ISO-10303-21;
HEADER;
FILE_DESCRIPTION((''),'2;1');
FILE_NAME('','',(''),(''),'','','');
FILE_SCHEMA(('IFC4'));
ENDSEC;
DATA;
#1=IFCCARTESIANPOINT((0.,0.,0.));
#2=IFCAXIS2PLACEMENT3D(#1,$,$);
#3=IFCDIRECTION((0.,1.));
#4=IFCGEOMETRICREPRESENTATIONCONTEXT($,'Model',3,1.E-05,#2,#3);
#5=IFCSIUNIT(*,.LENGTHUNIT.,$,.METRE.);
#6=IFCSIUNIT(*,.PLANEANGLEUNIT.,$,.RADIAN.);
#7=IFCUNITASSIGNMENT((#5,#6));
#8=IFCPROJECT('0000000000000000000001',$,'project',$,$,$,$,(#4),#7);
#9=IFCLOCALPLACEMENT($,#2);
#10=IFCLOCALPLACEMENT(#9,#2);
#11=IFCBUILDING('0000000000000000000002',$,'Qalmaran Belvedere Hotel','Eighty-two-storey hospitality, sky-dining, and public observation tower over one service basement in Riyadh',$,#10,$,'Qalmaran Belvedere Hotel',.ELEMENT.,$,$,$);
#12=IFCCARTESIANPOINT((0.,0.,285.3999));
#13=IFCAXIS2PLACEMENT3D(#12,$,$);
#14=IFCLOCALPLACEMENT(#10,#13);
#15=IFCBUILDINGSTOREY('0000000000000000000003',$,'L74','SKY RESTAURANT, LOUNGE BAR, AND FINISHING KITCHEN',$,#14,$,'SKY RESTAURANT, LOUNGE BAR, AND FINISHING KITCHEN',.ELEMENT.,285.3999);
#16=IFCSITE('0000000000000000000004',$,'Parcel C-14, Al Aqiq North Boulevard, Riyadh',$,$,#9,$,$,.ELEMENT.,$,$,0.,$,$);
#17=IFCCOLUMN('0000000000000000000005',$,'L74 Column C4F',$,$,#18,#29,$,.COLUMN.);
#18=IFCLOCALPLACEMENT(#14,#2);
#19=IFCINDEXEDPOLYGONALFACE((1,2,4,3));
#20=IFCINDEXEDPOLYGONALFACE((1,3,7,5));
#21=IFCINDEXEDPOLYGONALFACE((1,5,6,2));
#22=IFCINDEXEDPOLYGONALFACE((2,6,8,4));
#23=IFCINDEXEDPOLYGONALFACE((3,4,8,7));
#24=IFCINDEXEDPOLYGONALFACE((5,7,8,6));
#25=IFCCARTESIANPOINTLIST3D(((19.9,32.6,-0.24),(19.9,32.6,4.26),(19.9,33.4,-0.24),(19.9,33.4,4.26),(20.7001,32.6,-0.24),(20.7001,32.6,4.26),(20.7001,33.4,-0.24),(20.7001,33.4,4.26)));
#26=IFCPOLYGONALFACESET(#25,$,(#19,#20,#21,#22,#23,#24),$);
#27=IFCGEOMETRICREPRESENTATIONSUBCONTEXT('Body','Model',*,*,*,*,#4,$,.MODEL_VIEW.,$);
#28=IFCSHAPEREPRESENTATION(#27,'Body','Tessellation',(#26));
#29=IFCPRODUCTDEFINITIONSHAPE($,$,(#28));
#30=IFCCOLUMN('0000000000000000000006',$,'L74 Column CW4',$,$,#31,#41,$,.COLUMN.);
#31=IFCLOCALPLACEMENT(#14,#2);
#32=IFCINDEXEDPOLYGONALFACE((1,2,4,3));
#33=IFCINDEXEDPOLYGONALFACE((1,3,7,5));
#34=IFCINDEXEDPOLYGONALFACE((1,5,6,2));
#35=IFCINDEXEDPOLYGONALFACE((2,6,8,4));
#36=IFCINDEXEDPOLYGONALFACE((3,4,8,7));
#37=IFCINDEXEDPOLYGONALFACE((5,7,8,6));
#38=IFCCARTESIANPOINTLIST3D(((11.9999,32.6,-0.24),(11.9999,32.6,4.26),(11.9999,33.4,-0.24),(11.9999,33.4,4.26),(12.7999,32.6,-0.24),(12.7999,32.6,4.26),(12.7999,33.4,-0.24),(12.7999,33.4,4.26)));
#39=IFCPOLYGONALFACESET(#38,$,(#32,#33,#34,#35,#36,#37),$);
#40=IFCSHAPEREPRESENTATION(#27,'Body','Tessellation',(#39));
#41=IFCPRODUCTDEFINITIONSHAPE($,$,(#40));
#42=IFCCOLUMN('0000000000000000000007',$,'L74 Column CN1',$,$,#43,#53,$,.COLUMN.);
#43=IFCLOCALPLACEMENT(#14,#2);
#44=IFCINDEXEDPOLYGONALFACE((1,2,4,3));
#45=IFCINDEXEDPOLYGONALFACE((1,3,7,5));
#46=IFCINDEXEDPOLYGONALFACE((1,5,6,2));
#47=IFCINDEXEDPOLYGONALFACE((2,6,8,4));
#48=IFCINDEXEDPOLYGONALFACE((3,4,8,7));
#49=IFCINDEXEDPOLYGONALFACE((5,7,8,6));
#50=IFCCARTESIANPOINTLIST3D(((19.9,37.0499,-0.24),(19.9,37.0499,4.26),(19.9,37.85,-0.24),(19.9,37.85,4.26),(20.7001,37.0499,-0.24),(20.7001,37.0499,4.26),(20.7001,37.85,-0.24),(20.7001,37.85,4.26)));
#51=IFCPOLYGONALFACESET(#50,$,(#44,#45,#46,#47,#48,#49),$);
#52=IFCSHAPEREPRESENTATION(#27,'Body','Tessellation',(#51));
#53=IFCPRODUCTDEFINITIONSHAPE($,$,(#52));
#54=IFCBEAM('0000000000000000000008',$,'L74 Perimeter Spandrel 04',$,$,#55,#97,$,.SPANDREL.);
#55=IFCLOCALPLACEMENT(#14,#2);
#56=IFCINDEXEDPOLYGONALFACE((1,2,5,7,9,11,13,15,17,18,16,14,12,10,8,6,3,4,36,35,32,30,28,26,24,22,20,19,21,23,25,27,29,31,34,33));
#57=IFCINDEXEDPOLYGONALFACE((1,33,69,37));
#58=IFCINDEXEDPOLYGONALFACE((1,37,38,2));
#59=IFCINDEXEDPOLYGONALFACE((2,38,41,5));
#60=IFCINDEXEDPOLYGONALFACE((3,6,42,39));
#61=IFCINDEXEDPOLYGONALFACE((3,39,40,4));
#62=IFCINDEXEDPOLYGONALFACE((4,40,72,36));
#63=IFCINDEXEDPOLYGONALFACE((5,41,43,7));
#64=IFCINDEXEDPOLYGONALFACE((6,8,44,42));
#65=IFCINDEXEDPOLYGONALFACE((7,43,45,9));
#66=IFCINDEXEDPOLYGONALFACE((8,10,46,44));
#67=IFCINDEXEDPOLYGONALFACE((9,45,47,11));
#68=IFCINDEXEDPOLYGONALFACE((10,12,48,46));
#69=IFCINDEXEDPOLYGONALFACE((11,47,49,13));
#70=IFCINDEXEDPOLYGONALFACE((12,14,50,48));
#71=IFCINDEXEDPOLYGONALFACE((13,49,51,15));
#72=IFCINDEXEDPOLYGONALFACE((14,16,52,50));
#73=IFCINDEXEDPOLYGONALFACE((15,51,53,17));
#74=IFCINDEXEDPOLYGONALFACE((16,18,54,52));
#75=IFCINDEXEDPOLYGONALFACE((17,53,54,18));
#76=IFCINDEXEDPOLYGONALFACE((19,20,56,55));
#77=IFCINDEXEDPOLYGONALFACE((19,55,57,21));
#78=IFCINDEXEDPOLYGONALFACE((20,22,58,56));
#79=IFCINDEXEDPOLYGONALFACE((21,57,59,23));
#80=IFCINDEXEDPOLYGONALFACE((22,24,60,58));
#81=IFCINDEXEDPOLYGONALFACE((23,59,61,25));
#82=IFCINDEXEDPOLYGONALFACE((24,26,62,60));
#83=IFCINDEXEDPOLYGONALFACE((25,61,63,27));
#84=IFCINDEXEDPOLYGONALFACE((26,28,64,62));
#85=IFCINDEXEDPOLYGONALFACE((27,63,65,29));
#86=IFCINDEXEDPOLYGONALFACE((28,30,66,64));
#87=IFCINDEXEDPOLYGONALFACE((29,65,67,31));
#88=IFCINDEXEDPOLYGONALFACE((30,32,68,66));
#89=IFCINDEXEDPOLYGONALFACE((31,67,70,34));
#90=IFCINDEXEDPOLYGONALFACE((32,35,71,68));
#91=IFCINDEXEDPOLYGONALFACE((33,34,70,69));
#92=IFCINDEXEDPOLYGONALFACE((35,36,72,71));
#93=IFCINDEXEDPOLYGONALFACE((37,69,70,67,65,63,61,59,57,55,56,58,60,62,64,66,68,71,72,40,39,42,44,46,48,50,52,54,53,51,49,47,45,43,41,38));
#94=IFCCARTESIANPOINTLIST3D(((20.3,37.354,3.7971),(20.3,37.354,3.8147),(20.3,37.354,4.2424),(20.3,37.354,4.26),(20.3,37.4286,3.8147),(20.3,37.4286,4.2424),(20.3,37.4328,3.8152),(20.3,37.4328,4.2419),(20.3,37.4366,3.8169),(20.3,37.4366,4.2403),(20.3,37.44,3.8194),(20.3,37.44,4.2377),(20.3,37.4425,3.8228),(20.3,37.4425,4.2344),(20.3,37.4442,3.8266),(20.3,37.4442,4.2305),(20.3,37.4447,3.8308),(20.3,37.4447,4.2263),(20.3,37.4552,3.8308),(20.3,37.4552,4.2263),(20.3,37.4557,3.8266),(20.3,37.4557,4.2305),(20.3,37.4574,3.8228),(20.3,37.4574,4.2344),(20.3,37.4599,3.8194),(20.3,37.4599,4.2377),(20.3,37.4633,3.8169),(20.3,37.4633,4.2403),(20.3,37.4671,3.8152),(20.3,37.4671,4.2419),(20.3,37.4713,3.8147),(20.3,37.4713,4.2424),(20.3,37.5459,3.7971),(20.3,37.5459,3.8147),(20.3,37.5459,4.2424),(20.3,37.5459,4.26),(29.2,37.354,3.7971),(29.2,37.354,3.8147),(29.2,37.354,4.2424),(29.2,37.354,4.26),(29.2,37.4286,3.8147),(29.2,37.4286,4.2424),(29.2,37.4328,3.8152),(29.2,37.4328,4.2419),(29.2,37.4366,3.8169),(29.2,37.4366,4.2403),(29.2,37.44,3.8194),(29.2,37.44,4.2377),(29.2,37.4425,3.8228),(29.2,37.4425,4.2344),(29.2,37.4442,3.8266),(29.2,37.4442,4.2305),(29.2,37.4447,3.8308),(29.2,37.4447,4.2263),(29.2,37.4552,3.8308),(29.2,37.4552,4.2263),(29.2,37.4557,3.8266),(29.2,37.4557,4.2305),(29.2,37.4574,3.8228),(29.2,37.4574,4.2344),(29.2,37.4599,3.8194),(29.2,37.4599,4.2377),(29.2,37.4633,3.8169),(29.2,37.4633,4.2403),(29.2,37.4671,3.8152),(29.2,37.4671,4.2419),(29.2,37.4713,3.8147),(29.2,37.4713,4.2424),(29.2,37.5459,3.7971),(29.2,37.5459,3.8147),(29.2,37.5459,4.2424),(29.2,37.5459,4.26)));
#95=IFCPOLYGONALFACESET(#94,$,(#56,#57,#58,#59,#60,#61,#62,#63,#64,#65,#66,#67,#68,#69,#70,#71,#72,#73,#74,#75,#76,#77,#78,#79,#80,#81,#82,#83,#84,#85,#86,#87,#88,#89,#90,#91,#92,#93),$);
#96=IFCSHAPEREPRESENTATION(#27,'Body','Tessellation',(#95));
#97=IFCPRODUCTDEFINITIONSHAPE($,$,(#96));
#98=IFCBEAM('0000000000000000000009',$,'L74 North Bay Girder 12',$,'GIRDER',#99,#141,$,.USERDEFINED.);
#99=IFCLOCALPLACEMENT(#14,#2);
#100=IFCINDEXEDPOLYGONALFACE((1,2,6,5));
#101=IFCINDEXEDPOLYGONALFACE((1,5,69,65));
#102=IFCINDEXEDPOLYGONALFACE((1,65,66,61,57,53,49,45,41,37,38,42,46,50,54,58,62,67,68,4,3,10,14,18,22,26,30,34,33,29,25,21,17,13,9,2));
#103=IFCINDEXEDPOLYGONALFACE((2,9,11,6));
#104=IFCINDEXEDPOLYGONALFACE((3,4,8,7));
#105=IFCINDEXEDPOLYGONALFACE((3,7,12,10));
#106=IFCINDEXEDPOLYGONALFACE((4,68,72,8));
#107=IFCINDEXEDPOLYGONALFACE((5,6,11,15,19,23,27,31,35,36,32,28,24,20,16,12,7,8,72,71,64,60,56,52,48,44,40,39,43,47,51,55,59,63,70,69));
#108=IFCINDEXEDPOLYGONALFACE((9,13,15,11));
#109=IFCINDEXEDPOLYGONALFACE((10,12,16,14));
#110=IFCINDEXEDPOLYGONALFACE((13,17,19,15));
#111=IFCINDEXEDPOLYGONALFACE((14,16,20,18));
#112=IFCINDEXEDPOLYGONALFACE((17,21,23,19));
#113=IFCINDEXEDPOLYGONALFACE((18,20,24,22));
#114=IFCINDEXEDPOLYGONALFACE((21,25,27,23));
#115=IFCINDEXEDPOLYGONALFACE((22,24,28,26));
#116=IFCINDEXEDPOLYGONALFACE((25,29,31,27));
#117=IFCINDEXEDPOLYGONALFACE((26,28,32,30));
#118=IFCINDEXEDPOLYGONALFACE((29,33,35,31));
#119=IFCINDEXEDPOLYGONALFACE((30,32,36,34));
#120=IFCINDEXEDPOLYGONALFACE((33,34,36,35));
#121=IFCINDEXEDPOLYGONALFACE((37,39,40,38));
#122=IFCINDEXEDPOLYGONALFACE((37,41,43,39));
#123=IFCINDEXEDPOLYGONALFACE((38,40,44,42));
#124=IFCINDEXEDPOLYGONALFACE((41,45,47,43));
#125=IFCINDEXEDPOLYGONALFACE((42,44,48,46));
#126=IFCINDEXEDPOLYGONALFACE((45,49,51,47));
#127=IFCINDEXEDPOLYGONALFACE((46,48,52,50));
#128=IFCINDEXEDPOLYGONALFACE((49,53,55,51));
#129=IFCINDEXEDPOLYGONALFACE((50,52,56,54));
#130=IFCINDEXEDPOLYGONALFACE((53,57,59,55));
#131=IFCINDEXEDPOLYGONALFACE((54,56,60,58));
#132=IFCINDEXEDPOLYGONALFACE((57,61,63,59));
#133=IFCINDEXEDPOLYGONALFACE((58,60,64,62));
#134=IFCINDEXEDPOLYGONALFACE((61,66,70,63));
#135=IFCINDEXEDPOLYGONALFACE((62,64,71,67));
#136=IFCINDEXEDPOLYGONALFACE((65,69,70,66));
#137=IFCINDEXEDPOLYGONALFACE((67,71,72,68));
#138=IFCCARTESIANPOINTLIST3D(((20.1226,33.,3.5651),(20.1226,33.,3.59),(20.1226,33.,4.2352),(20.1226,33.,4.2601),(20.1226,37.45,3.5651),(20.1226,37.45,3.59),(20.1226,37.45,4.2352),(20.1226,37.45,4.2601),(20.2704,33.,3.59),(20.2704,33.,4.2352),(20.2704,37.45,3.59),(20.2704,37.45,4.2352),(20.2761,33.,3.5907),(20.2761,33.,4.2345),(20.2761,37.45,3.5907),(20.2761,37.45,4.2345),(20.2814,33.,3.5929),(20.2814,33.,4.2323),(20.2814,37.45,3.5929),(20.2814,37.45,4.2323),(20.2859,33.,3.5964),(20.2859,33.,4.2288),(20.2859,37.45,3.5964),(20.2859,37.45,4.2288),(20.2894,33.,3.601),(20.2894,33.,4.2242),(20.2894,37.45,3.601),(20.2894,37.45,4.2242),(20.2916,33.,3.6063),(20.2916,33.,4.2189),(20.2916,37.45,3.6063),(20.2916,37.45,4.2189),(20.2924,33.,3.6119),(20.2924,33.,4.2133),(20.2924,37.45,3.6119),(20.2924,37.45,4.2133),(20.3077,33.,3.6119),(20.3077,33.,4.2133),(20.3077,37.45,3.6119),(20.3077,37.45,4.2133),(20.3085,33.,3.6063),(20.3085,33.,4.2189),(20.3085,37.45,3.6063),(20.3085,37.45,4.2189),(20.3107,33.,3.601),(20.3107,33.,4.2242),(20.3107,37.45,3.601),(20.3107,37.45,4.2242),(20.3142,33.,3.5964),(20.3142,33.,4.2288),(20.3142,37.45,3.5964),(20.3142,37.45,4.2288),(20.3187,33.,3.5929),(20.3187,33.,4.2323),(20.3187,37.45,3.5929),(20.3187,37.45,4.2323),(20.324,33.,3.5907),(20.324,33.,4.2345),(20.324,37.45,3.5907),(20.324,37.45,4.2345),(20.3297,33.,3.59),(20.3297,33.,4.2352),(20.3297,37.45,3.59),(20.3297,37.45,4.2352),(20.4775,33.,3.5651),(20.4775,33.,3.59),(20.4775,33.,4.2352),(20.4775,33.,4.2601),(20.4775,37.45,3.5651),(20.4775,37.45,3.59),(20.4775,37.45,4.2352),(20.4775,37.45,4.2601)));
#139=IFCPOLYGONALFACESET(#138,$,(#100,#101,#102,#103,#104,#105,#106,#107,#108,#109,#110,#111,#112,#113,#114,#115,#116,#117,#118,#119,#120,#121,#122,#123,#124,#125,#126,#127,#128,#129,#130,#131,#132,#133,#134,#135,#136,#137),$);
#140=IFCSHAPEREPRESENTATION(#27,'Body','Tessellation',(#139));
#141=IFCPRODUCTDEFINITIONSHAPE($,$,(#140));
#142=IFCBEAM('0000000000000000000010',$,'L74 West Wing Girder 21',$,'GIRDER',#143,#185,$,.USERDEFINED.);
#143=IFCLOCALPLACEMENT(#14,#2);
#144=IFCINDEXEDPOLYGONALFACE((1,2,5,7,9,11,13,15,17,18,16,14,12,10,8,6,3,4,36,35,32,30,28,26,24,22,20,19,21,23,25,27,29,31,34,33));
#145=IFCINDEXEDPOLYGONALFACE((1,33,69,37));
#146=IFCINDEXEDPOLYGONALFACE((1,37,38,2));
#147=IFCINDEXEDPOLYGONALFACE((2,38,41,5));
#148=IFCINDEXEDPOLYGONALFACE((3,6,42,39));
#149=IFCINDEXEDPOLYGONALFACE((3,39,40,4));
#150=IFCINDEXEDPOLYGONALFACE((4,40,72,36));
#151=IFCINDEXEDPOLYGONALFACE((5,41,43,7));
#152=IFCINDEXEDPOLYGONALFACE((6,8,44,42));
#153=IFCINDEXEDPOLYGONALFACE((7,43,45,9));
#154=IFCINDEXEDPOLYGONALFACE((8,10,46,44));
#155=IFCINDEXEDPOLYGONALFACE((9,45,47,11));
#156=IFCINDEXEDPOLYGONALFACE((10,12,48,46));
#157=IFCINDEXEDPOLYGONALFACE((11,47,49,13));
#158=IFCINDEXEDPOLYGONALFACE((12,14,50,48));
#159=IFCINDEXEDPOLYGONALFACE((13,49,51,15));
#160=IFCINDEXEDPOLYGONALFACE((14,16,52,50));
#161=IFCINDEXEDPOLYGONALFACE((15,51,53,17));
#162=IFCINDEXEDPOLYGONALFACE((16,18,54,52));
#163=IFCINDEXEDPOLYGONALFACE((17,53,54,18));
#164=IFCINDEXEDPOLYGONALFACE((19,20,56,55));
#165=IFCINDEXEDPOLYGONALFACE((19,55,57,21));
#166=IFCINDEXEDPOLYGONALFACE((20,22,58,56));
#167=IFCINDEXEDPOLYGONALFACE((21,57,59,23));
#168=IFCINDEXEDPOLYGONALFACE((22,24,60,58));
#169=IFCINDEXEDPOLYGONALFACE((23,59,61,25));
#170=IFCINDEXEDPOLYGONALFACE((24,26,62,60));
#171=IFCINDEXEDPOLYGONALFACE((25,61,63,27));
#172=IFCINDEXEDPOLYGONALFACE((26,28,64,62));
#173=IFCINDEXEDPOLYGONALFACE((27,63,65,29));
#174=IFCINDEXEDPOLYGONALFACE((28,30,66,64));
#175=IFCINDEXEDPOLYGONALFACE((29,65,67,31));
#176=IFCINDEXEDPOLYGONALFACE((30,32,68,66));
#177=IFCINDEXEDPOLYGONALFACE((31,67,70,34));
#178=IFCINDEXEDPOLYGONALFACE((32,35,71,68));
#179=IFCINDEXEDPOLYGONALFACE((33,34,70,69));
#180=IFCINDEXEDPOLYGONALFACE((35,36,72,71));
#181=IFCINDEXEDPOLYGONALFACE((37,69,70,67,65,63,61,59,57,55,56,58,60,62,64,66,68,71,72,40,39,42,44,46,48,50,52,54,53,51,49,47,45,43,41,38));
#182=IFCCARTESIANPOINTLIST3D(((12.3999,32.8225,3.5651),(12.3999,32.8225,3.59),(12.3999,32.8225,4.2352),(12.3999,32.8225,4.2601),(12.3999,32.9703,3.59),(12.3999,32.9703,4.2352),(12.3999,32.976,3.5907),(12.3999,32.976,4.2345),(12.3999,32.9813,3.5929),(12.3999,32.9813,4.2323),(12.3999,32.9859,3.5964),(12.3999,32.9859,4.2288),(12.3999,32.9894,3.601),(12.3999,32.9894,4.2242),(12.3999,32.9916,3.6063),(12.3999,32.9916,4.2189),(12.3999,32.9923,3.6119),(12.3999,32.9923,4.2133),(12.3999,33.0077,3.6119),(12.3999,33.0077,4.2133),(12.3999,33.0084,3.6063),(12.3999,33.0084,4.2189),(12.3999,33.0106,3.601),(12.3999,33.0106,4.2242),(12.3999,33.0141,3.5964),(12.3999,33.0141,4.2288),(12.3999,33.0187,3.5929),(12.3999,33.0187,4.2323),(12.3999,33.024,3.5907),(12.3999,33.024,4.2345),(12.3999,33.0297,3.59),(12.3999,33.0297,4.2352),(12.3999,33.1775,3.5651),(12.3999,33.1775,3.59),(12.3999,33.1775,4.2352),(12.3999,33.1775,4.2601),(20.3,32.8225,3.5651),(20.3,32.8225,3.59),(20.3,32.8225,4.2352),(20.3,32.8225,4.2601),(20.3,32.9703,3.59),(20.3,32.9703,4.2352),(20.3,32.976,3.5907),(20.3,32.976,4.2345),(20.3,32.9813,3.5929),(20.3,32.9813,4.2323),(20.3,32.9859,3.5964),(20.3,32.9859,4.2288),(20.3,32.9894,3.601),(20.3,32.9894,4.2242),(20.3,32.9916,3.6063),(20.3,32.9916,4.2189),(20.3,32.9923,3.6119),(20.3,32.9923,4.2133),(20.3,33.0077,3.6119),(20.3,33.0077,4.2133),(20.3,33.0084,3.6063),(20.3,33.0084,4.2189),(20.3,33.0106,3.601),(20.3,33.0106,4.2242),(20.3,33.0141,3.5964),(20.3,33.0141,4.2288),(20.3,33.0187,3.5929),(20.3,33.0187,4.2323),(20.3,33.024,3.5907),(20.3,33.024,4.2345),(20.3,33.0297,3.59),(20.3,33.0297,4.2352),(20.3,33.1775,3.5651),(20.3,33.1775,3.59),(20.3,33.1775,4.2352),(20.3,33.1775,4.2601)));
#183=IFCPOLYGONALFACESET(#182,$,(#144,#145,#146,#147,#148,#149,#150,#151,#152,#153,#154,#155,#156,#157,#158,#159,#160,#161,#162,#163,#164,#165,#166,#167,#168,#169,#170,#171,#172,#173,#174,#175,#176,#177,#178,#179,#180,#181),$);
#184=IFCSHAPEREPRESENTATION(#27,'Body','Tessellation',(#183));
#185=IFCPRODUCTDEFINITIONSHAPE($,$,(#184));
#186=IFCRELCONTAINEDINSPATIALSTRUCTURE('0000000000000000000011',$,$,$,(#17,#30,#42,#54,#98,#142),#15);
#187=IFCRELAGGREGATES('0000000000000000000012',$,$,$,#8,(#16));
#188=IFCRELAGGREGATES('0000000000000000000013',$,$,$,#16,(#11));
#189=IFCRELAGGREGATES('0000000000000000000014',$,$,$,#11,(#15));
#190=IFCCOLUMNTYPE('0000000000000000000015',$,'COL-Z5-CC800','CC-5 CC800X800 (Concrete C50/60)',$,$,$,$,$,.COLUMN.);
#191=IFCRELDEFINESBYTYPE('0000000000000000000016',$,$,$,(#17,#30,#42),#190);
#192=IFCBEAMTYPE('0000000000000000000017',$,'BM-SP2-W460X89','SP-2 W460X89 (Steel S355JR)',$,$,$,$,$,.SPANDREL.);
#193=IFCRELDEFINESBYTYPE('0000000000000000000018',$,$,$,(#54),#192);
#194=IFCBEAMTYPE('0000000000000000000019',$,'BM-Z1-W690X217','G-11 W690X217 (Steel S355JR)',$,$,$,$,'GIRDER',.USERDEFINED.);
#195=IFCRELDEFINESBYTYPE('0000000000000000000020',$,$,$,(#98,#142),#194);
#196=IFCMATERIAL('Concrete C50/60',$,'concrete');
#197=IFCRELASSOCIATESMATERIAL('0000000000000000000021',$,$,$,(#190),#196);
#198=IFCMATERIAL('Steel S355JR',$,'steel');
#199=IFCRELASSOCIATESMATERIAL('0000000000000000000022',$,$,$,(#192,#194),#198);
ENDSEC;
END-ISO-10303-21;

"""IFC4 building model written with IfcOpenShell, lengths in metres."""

from ifc_helpers import new_model, si_unit, direction, frame, origin, origin_2d, place, context, subcontext, project, spatial, rectangle, i_section, extrude, material, material_profile, profile_set, type_object, element, save


model = new_model("IFC4")

# Units and contexts
model_context = context("Model", 3, precision=1e-05, world=origin(), true_north=direction((0.0, 1.0)))
body_context = subcontext(model_context, "Body", "Model", "MODEL_VIEW")
ifc_project = project(units=[si_unit("LENGTHUNIT", "METRE"), si_unit("PLANEANGLEUNIT", "RADIAN")], contexts=[model_context])

# Site, building, storey
site_placement = place(None, origin())
site = spatial("IfcSite", under=ifc_project, at=site_placement, Name="Parcel C-14, Al Aqiq North Boulevard, Riyadh", CompositionType="ELEMENT", RefElevation=0.0)
building_placement = place(site_placement, origin())
building = spatial("IfcBuilding", under=site, at=building_placement, Name="Qalmaran Belvedere Hotel", Description="Eighty-two-storey hospitality, sky-dining, and public observation tower over one service basement in Riyadh", LongName="Qalmaran Belvedere Hotel", CompositionType="ELEMENT")
storey_placement = place(building_placement, frame((0.0, 0.0, 285.3999)))
storey = spatial("IfcBuildingStorey", under=building, at=storey_placement, Name="L74", Description="SKY RESTAURANT, LOUNGE BAR, AND FINISHING KITCHEN", LongName="SKY RESTAURANT, LOUNGE BAR, AND FINISHING KITCHEN", CompositionType="ELEMENT", Elevation=285.3999)

# Columns
ifc_material_1 = material(Name="Concrete C50/60", Category="concrete")
ifc_material_profile_1 = material_profile(ifc_material_1, rectangle(XDim=0.8, YDim=0.8, at=origin_2d()), Name="CC800X800")
ifc_profile_set_1 = profile_set([ifc_material_profile_1], Name="Concrete C50/60")
column_type = type_object("IfcColumnType", Name="COL-Z5-CC800", Description="CC-5 CC800X800 (Concrete C50/60)", PredefinedType="COLUMN", material=ifc_profile_set_1)
for number, where, z_axis, x_axis, name in (
    (1, (20.3, 33.0, -0.24), (0.0, 0.0, 1.0), (1.0, 0.0, 0.0), "L74 Column C4F"),
    (2, (12.3999, 33.0, -0.24), (0.0, 0.0, 1.0), (1.0, 0.0, 0.0), "L74 Column CW4"),
    (3, (20.3, 37.45, -0.24), (0.0, 0.0, 1.0), (1.0, 0.0, 0.0), "L74 Column CN1"),
):
    element("IfcColumn", number, at=place(storey_placement, frame(where, z_axis=z_axis, x_axis=x_axis)), inside=storey, type_object=column_type, Name=name, PredefinedType="COLUMN", context=body_context, shape_type="SweptSolid", body=[
        extrude(rectangle(XDim=0.8, YDim=0.8, at=origin_2d()), origin(), (0.0, 0.0, 1.0), 4.5),
    ])

# Beams
ifc_material_2 = material(Name="Steel S355JR", Category="steel")
ifc_material_profile_2 = material_profile(ifc_material_2, i_section(OverallWidth=0.1919, OverallDepth=0.4629, WebThickness=0.0105, FlangeThickness=0.0176, FilletRadius=0.0161, at=origin_2d()), Name="W460X89")
ifc_profile_set_2 = profile_set([ifc_material_profile_2], Name="Steel S355JR")
beam_type_1 = type_object("IfcBeamType", Name="BM-SP2-W460X89", Description="SP-2 W460X89 (Steel S355JR)", PredefinedType="SPANDREL", material=ifc_profile_set_2)
beam_1_placement = place(storey_placement, frame((20.3, 37.45, 4.0286), z_axis=(1.0, 0.0, 0.0), x_axis=(0.0, 1.0, 0.0)))
element("IfcBeam", 4, at=beam_1_placement, inside=storey, type_object=beam_type_1, Name="L74 Perimeter Spandrel 04", PredefinedType="SPANDREL", context=body_context, shape_type="SweptSolid", body=[
    extrude(i_section(OverallWidth=0.1919, OverallDepth=0.4629, WebThickness=0.0105, FlangeThickness=0.0176, FilletRadius=0.0161, at=origin_2d()), origin(), (0.0, 0.0, 1.0), 8.8999),
])
ifc_material_profile_3 = material_profile(ifc_material_2, i_section(OverallWidth=0.355, OverallDepth=0.6951, WebThickness=0.0154, FlangeThickness=0.0249, FilletRadius=0.022, at=origin_2d()), Name="W690X217")
ifc_profile_set_3 = profile_set([ifc_material_profile_3], Name="Steel S355JR")
beam_type_2 = type_object("IfcBeamType", Name="BM-Z1-W690X217", Description="G-11 W690X217 (Steel S355JR)", ElementType="GIRDER", PredefinedType="USERDEFINED", material=ifc_profile_set_3)
beam_2_placement = place(storey_placement, frame((20.3, 33.0, 3.9126), z_axis=(0.0, 1.0, 0.0), x_axis=(-1.0, 0.0, 0.0)))
element("IfcBeam", 5, at=beam_2_placement, inside=storey, type_object=beam_type_2, Name="L74 North Bay Girder 12", ObjectType="GIRDER", PredefinedType="USERDEFINED", context=body_context, shape_type="SweptSolid", body=[
    extrude(i_section(OverallWidth=0.355, OverallDepth=0.6951, WebThickness=0.0154, FlangeThickness=0.0249, FilletRadius=0.022, at=origin_2d()), origin(), (0.0, 0.0, 1.0), 4.45),
])
beam_3_placement = place(storey_placement, frame((12.3999, 33.0, 3.9126), z_axis=(1.0, 0.0, 0.0), x_axis=(0.0, 1.0, 0.0)))
element("IfcBeam", 6, at=beam_3_placement, inside=storey, type_object=beam_type_2, Name="L74 West Wing Girder 21", ObjectType="GIRDER", PredefinedType="USERDEFINED", context=body_context, shape_type="SweptSolid", body=[
    extrude(i_section(OverallWidth=0.355, OverallDepth=0.6951, WebThickness=0.0154, FlangeThickness=0.0249, FilletRadius=0.022, at=origin_2d()), origin(), (0.0, 0.0, 1.0), 7.9001),
])

save(model, "model.ifc")
